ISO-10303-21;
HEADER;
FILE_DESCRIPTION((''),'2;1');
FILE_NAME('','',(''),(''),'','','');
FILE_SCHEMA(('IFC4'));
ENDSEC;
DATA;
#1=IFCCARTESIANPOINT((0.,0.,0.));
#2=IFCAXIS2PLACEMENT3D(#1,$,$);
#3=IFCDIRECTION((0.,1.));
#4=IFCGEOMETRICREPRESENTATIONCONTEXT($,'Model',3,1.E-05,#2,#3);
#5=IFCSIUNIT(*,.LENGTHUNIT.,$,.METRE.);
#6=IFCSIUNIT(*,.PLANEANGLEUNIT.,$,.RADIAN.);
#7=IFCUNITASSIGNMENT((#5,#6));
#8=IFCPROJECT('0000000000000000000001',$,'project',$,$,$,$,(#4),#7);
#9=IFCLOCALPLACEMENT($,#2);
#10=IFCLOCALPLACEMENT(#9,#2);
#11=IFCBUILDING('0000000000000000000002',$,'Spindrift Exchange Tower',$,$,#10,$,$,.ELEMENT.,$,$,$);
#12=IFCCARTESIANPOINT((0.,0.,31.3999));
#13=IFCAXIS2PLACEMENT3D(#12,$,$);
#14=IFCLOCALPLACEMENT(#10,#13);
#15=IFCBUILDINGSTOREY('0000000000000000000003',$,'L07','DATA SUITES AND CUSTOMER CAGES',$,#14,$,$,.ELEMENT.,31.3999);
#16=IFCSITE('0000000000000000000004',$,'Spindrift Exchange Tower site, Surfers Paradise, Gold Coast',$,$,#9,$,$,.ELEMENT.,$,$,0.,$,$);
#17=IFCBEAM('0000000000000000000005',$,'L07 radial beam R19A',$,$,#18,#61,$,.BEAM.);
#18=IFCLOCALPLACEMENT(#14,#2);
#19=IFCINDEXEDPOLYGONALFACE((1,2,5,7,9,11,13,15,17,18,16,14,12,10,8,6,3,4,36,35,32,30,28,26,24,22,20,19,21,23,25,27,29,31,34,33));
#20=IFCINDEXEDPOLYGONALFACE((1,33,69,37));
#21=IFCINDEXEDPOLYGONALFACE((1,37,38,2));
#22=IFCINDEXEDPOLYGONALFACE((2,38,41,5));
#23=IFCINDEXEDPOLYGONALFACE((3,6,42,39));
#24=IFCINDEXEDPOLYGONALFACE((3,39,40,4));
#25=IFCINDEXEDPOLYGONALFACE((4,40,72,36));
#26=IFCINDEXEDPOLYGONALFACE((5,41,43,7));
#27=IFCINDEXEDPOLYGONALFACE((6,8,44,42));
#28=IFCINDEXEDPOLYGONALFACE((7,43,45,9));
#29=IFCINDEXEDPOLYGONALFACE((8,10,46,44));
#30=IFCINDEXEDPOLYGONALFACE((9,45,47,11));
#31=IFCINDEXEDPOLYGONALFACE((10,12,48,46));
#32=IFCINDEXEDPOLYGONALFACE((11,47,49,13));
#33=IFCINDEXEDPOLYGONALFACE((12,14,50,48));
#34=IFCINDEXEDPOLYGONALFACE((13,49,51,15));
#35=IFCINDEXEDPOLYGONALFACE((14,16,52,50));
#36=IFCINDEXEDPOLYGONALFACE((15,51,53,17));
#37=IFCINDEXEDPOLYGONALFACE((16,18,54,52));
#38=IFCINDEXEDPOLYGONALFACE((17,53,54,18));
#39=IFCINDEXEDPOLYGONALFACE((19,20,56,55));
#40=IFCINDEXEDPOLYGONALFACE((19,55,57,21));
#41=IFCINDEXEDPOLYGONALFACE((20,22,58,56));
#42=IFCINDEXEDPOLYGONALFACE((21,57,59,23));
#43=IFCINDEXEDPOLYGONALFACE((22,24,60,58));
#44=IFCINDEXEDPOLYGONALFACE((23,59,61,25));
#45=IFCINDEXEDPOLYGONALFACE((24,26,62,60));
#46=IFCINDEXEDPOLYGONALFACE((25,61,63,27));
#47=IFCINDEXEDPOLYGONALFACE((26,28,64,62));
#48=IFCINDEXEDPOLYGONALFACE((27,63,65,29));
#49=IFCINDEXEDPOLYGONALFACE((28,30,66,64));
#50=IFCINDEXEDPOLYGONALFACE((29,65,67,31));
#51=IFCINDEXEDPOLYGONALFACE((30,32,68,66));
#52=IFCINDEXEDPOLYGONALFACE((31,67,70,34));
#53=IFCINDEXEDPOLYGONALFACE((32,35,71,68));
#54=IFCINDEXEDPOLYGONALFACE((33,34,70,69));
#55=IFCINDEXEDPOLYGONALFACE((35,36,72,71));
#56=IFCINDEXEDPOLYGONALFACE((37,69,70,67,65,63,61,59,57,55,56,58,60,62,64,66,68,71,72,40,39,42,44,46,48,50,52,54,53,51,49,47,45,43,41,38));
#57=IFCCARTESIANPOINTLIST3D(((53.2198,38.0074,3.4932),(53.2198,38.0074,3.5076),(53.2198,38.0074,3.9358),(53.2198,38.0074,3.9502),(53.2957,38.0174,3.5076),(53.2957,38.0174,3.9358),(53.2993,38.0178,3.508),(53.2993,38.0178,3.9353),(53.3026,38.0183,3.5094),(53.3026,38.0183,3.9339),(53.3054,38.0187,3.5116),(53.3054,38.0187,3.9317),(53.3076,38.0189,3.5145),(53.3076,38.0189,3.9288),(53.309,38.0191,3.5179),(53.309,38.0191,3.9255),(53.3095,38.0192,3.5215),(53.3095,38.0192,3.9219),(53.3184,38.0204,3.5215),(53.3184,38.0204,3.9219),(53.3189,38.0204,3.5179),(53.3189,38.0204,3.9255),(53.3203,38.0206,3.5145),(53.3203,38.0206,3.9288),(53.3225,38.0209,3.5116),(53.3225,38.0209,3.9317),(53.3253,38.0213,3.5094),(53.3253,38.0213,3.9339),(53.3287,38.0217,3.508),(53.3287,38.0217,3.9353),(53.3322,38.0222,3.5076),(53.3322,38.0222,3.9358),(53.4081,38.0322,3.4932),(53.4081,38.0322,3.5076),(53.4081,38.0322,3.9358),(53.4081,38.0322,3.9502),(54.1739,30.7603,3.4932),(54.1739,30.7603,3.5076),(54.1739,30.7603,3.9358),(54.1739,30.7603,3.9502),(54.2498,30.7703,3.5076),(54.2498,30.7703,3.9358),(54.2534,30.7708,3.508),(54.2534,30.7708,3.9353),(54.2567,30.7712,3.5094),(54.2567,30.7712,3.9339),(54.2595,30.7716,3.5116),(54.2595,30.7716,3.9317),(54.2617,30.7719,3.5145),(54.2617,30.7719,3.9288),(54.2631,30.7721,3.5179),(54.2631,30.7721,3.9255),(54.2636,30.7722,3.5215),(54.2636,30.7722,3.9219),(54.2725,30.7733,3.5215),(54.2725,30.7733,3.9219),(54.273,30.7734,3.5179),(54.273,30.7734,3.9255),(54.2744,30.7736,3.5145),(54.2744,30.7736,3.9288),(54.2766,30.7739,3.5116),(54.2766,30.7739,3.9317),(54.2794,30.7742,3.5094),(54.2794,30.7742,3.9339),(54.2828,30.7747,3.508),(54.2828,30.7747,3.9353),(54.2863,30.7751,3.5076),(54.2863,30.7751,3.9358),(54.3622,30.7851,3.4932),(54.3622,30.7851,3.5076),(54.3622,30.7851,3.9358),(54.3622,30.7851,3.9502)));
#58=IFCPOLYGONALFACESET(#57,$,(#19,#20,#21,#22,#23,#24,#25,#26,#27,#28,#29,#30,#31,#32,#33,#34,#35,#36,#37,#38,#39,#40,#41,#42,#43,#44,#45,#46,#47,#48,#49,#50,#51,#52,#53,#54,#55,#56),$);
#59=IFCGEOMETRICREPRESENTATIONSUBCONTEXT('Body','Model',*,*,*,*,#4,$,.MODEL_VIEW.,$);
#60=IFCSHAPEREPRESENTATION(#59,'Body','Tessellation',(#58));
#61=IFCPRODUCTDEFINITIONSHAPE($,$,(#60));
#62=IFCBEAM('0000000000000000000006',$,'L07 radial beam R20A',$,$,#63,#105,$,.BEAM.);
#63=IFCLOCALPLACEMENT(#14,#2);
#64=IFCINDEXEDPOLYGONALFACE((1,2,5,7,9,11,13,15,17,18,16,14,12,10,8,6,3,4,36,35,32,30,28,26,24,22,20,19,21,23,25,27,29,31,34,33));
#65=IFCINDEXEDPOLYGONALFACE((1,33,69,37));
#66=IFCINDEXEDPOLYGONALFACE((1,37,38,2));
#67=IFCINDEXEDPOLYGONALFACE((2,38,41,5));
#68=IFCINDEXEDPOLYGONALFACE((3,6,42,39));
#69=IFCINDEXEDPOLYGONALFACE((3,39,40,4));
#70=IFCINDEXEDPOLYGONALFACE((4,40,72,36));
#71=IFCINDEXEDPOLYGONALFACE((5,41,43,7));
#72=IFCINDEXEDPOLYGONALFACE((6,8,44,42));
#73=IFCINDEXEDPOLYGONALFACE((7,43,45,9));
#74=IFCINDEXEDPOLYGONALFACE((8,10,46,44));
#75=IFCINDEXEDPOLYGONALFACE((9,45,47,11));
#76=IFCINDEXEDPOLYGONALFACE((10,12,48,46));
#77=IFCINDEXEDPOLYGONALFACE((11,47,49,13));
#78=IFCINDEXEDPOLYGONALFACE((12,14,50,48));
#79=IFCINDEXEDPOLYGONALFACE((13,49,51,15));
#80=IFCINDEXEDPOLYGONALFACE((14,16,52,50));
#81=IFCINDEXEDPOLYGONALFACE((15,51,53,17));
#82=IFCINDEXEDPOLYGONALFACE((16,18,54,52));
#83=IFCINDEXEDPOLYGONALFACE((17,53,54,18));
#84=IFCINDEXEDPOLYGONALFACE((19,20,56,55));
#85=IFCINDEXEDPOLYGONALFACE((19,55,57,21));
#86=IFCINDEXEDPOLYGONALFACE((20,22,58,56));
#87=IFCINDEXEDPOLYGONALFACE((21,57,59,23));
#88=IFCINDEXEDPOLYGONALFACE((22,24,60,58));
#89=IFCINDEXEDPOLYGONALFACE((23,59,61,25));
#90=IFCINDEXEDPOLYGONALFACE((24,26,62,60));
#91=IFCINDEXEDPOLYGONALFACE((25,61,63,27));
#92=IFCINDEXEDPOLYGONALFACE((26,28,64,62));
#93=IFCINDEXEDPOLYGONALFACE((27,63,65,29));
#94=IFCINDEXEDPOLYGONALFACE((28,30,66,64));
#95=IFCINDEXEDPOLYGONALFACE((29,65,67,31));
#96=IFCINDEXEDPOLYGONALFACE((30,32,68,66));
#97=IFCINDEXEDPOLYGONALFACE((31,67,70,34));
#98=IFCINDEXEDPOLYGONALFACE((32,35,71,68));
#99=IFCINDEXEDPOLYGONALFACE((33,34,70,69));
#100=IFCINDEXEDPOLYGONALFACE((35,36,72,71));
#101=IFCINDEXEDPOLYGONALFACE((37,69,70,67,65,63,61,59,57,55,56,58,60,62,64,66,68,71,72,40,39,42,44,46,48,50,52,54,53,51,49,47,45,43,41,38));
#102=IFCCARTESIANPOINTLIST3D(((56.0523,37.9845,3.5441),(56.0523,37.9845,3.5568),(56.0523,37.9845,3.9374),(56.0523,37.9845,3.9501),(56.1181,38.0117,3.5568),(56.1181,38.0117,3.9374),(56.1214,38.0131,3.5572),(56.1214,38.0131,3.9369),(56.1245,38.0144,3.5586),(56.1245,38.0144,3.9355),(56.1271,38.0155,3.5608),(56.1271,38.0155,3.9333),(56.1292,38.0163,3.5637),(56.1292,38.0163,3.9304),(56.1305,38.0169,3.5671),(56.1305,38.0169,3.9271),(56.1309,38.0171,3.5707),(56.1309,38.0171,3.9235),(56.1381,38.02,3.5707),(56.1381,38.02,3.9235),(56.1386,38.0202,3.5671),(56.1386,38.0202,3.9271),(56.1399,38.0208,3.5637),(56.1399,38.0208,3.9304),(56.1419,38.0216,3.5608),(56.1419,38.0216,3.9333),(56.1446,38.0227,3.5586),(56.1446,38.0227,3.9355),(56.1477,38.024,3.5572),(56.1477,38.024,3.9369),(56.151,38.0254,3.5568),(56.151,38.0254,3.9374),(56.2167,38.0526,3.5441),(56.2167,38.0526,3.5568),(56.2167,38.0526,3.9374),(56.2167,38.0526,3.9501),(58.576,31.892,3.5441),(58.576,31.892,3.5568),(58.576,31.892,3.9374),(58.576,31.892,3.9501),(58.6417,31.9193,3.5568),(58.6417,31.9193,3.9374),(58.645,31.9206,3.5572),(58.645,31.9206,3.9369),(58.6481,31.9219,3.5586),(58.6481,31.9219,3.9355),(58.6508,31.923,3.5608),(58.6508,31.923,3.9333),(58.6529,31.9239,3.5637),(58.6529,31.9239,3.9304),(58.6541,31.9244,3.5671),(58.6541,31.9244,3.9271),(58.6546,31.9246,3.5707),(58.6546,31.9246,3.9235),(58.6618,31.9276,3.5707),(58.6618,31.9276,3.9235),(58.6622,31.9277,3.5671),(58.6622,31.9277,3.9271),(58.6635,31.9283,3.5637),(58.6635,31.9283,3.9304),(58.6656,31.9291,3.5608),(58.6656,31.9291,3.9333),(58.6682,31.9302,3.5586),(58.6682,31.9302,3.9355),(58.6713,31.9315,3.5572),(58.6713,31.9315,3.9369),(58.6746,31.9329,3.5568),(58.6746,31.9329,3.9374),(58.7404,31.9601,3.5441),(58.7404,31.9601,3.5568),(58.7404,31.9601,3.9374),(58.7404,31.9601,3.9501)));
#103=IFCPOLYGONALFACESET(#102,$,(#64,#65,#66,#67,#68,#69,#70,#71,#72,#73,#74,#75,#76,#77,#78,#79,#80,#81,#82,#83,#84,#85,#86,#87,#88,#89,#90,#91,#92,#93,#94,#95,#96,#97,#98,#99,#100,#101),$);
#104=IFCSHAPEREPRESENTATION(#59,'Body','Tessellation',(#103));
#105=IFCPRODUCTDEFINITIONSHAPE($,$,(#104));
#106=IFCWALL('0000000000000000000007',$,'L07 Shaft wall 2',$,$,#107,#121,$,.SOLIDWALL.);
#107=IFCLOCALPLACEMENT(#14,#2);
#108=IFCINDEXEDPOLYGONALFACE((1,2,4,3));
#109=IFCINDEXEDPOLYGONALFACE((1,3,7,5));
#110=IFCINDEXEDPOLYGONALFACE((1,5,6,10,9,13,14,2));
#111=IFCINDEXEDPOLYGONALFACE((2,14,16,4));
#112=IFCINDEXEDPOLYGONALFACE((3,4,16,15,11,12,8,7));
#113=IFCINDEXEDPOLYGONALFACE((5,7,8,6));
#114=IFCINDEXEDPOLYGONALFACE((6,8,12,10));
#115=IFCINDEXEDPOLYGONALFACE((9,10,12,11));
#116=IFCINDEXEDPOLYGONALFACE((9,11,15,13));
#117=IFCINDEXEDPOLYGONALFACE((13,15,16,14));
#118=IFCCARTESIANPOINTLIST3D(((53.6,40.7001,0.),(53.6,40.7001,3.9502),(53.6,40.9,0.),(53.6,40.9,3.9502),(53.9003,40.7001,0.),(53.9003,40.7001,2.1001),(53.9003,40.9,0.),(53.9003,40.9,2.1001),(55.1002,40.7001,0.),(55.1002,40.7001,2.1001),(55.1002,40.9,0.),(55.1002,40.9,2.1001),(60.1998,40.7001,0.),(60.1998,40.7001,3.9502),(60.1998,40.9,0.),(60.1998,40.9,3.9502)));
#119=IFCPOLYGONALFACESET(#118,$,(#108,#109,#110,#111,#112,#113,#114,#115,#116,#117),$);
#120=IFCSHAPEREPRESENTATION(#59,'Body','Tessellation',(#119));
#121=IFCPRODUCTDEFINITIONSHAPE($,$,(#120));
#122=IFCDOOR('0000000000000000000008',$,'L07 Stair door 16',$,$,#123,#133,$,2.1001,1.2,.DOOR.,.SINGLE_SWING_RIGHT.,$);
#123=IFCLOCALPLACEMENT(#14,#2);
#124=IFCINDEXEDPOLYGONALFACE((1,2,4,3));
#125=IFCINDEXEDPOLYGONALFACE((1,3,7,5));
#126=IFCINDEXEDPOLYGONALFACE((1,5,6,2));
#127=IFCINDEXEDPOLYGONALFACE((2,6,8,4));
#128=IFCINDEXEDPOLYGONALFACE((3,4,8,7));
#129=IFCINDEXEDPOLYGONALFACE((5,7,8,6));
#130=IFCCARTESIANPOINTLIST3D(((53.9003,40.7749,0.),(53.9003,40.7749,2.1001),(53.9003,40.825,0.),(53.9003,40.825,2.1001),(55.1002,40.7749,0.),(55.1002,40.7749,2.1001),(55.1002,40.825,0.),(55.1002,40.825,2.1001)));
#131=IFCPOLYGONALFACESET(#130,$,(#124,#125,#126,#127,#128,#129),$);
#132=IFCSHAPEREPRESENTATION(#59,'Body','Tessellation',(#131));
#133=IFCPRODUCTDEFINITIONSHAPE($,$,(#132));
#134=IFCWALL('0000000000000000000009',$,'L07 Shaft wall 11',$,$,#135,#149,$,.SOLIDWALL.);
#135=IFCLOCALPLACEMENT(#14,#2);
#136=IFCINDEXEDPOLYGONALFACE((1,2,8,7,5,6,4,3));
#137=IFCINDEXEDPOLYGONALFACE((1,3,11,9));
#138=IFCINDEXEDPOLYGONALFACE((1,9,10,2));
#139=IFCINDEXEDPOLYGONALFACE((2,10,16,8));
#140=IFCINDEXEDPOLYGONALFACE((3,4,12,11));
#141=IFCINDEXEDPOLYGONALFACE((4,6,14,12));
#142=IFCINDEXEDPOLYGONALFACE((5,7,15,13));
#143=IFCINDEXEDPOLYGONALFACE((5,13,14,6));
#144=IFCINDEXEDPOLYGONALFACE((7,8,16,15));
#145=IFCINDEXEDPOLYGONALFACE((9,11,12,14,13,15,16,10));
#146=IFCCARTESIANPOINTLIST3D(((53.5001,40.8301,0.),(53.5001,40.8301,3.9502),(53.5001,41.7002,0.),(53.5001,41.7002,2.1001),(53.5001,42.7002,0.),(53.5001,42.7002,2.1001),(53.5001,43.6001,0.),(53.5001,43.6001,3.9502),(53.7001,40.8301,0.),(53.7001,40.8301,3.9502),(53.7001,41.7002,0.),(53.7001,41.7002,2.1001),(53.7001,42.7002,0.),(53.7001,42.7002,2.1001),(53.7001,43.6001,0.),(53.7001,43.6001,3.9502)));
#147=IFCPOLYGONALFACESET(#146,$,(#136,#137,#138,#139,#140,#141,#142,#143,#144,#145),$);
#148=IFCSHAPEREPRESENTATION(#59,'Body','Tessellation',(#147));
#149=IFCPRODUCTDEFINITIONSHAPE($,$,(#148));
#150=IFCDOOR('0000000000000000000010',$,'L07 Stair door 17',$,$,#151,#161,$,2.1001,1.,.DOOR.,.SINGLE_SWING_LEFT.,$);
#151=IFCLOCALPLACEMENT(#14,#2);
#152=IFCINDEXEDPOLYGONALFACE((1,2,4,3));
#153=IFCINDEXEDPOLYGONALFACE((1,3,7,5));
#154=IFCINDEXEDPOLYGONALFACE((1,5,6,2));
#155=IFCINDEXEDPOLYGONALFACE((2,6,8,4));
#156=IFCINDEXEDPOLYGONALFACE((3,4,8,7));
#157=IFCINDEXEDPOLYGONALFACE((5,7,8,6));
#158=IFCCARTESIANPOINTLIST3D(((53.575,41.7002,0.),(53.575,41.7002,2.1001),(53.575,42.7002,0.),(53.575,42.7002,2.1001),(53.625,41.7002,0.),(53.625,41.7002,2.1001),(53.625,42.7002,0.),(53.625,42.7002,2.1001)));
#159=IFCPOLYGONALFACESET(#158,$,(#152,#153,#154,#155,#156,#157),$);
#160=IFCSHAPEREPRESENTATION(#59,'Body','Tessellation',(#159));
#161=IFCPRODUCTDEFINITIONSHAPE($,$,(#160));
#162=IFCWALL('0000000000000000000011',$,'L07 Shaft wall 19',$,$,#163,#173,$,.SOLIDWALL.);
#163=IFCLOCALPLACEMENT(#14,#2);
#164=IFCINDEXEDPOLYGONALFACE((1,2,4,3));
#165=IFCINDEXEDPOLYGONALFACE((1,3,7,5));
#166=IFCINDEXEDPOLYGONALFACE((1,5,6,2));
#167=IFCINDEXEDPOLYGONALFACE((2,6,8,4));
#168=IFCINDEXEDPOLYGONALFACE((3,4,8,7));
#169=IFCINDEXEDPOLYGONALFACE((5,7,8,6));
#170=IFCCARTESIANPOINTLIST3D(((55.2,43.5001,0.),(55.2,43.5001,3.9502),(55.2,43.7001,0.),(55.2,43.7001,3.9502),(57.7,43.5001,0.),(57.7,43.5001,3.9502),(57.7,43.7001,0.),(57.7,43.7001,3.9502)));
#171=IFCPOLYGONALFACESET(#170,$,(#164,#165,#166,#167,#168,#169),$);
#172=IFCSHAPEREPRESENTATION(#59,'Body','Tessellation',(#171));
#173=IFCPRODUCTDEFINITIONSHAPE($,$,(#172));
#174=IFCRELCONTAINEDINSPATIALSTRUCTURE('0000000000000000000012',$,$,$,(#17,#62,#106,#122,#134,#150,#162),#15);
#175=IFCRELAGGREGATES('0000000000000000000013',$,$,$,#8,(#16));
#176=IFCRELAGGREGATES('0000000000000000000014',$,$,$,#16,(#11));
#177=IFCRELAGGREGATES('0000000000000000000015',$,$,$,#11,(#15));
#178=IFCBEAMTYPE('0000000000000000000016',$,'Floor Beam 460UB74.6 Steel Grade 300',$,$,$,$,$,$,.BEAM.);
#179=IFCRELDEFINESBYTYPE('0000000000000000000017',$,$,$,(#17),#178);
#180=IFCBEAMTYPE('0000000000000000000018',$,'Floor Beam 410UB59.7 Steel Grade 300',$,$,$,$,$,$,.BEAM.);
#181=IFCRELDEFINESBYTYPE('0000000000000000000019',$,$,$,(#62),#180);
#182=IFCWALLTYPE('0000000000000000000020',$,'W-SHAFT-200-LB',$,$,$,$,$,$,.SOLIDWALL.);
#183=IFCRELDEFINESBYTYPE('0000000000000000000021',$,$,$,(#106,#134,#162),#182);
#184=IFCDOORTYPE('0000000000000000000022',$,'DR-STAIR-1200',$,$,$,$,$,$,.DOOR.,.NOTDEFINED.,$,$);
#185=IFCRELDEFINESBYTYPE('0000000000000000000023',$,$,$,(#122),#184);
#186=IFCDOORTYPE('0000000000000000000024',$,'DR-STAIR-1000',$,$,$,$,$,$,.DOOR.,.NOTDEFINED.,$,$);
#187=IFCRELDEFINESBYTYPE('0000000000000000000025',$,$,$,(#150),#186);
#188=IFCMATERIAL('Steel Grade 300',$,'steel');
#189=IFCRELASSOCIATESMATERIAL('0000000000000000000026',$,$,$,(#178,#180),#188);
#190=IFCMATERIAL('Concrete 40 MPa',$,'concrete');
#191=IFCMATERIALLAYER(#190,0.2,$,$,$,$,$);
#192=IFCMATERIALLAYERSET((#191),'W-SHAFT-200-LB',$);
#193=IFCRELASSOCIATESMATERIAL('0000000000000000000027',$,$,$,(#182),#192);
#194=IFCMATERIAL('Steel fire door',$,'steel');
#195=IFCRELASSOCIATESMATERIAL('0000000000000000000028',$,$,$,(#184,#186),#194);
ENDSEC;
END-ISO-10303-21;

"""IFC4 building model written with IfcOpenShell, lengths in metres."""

from ifc_helpers import new_model, si_unit, direction, frame, frame_2d, origin, origin_2d, place, context, subcontext, project, spatial, rectangle, i_section, extrude, source, transform, mapped, material, layer, layer_set, material_profile, profile_set, type_object, element, fill, save


model = new_model("IFC4")

# Units and contexts
model_context = context("Model", 3, precision=1e-05, world=origin(), true_north=direction((0.0, 1.0)))
body_context = subcontext(model_context, "Body", "Model", "MODEL_VIEW")
ifc_project = project(units=[si_unit("LENGTHUNIT", "METRE"), si_unit("PLANEANGLEUNIT", "RADIAN")], contexts=[model_context])

# Site, building, storey
site_placement = place(None, origin())
site = spatial("IfcSite", under=ifc_project, at=site_placement, Name="Spindrift Exchange Tower site, Surfers Paradise, Gold Coast", CompositionType="ELEMENT", RefElevation=0.0)
building_placement = place(site_placement, origin())
building = spatial("IfcBuilding", under=site, at=building_placement, Name="Spindrift Exchange Tower", CompositionType="ELEMENT")
storey_placement = place(building_placement, frame((0.0, 0.0, 31.3999)))
storey = spatial("IfcBuildingStorey", under=building, at=storey_placement, Name="L07", Description="DATA SUITES AND CUSTOMER CAGES", CompositionType="ELEMENT", Elevation=31.3999)

# Beams
ifc_material_1 = material(Name="Steel Grade 300", Category="steel")
ifc_material_profile_1 = material_profile(ifc_material_1, i_section(OverallWidth=0.1899, OverallDepth=0.457, WebThickness=0.009, FlangeThickness=0.0144, FilletRadius=0.0139, at=origin_2d()), Name="460UB74.6")
ifc_profile_set_1 = profile_set([ifc_material_profile_1], Name="Steel Grade 300")
beam_type_1 = type_object("IfcBeamType", Name="Floor Beam 460UB74.6 Steel Grade 300", PredefinedType="BEAM", material=ifc_profile_set_1)
shared_shape_1 = source(origin(), body_context, "Body", "SweptSolid", [
    extrude(i_section(OverallWidth=0.1899, OverallDepth=0.457, WebThickness=0.009, FlangeThickness=0.0144, FilletRadius=0.0139, at=origin_2d()), origin(), (0.0, 0.0, 1.0), 7.3096),
])
beam_1_placement = place(storey_placement, frame((53.314, 38.0198, 3.7217), z_axis=(0.130527, -0.991445, 0.0), x_axis=(0.991445, 0.130527, 0.0)))
element("IfcBeam", 1, at=beam_1_placement, inside=storey, type_object=beam_type_1, Name="L07 radial beam R19A", PredefinedType="BEAM", context=body_context, shape_type="MappedRepresentation", body=[
    mapped(shared_shape_1, transform((0.0, 0.0, 0.0), scale=1.0)),
])
ifc_material_profile_2 = material_profile(ifc_material_1, i_section(OverallWidth=0.178, OverallDepth=0.406, WebThickness=0.0078, FlangeThickness=0.0127, FilletRadius=0.0139, at=origin_2d()), Name="410UB59.7")
ifc_profile_set_2 = profile_set([ifc_material_profile_2], Name="Steel Grade 300")
beam_type_2 = type_object("IfcBeamType", Name="Floor Beam 410UB59.7 Steel Grade 300", PredefinedType="BEAM", material=ifc_profile_set_2)
shared_shape_2 = source(origin(), body_context, "Body", "SweptSolid", [
    extrude(i_section(OverallWidth=0.178, OverallDepth=0.406, WebThickness=0.0078, FlangeThickness=0.0127, FilletRadius=0.0139, at=origin_2d()), origin(), (0.0, 0.0, 1.0), 6.5945),
])
beam_2_placement = place(storey_placement, frame((56.1345, 38.0186, 3.7471), z_axis=(0.382693, -0.923876, 0.0), x_axis=(0.923876, 0.382693, 0.0)))
element("IfcBeam", 2, at=beam_2_placement, inside=storey, type_object=beam_type_2, Name="L07 radial beam R20A", PredefinedType="BEAM", context=body_context, shape_type="MappedRepresentation", body=[
    mapped(shared_shape_2, transform((0.0, 0.0, 0.0), scale=1.0)),
])

# Walls, openings, doors
ifc_material_2 = material(Name="Concrete 40 MPa", Category="concrete")
ifc_layer = layer(ifc_material_2, 0.2)
ifc_layer_set = layer_set([ifc_layer], Name="W-SHAFT-200-LB")
wall_type = type_object("IfcWallType", Name="W-SHAFT-200-LB", PredefinedType="SOLIDWALL", material=ifc_layer_set)
wall_1_placement = place(storey_placement, frame((53.6001, 40.8, 0.0), z_axis=(0.0, 0.0, 1.0), x_axis=(1.0, 0.0, 0.0)))
wall_1 = element("IfcWall", 3, at=wall_1_placement, inside=storey, type_object=wall_type, Name="L07 Shaft wall 2", PredefinedType="SOLIDWALL", context=body_context, shape_type="SweptSolid", body=[
    extrude(rectangle(XDim=6.5999, YDim=0.2, at=frame_2d((3.2998, 0.0))), origin(), (0.0, 0.0, 1.0), 3.9502),
])
opening_1_placement = place(wall_1_placement, frame((0.3, 0.0, 0.0)))
opening_1 = element("IfcOpeningElement", 4, at=opening_1_placement, cuts=wall_1, PredefinedType="OPENING", context=body_context, shape_type="SweptSolid", body=[
    extrude(rectangle(XDim=1.2, YDim=2.1001, at=frame_2d((0.6001, 1.05))), frame((0.0, 0.1099, 0.0), z_axis=(0.0, -1.0, 0.0), x_axis=(1.0, 0.0, 0.0)), (0.0, 0.0, 1.0), 0.22),
])
ifc_material_3 = material(Name="Steel fire door", Category="steel")
door_type_1 = type_object("IfcDoorType", Name="DR-STAIR-1200", OperationType="NOTDEFINED", PredefinedType="DOOR", material=ifc_material_3)
shared_shape_3 = source(origin(), body_context, "Body", "SweptSolid", [
    extrude(rectangle(XDim=1.2, YDim=2.1001, at=frame_2d((0.6001, 1.05))), frame((0.0, 0.0249, 0.0), z_axis=(0.0, -1.0, 0.0), x_axis=(1.0, 0.0, 0.0)), (0.0, 0.0, 1.0), 0.05),
])
door_1_placement = place(opening_1_placement, origin())
door_1 = element("IfcDoor", 5, at=door_1_placement, inside=storey, type_object=door_type_1, Name="L07 Stair door 16", OperationType="SINGLE_SWING_RIGHT", OverallHeight=2.1001, OverallWidth=1.2, PredefinedType="DOOR", context=body_context, shape_type="MappedRepresentation", body=[
    mapped(shared_shape_3, transform((0.0, 0.0, 0.0), scale=1.0)),
])
fill(opening_1, door_1)
wall_2_placement = place(storey_placement, frame((53.6001, 43.6001, 0.0), z_axis=(0.0, 0.0, 1.0), x_axis=(0.0, -1.0, 0.0)))
wall_2 = element("IfcWall", 6, at=wall_2_placement, inside=storey, type_object=wall_type, Name="L07 Shaft wall 11", PredefinedType="SOLIDWALL", context=body_context, shape_type="SweptSolid", body=[
    extrude(rectangle(XDim=2.77, YDim=0.2, at=frame_2d((1.385, 0.0))), origin(), (0.0, 0.0, 1.0), 3.9502),
])
opening_2_placement = place(wall_2_placement, frame((0.8999, 0.0, 0.0)))
opening_2 = element("IfcOpeningElement", 7, at=opening_2_placement, cuts=wall_2, PredefinedType="OPENING", context=body_context, shape_type="SweptSolid", body=[
    extrude(rectangle(XDim=1.0, YDim=2.1001, at=frame_2d((0.5, 1.05))), frame((0.0, 0.1099, 0.0), z_axis=(0.0, -1.0, 0.0), x_axis=(1.0, 0.0, 0.0)), (0.0, 0.0, 1.0), 0.22),
])
door_type_2 = type_object("IfcDoorType", Name="DR-STAIR-1000", OperationType="NOTDEFINED", PredefinedType="DOOR", material=ifc_material_3)
shared_shape_4 = source(origin(), body_context, "Body", "SweptSolid", [
    extrude(rectangle(XDim=1.0, YDim=2.1001, at=frame_2d((0.5, 1.05))), frame((0.0, 0.0249, 0.0), z_axis=(0.0, -1.0, 0.0), x_axis=(1.0, 0.0, 0.0)), (0.0, 0.0, 1.0), 0.05),
])
door_2_placement = place(opening_2_placement, origin())
door_2 = element("IfcDoor", 8, at=door_2_placement, inside=storey, type_object=door_type_2, Name="L07 Stair door 17", OperationType="SINGLE_SWING_LEFT", OverallHeight=2.1001, OverallWidth=1.0, PredefinedType="DOOR", context=body_context, shape_type="MappedRepresentation", body=[
    mapped(shared_shape_4, transform((0.0, 0.0, 0.0), scale=1.0)),
])
fill(opening_2, door_2)

# Wall
wall_3_placement = place(storey_placement, frame((55.2, 43.6001, 0.0), z_axis=(0.0, 0.0, 1.0), x_axis=(1.0, 0.0, 0.0)))
element("IfcWall", 9, at=wall_3_placement, inside=storey, type_object=wall_type, Name="L07 Shaft wall 19", PredefinedType="SOLIDWALL", context=body_context, shape_type="SweptSolid", body=[
    extrude(rectangle(XDim=2.5, YDim=0.2, at=frame_2d((1.25, 0.0))), origin(), (0.0, 0.0, 1.0), 3.9502),
])

save(model, "model.ifc")
